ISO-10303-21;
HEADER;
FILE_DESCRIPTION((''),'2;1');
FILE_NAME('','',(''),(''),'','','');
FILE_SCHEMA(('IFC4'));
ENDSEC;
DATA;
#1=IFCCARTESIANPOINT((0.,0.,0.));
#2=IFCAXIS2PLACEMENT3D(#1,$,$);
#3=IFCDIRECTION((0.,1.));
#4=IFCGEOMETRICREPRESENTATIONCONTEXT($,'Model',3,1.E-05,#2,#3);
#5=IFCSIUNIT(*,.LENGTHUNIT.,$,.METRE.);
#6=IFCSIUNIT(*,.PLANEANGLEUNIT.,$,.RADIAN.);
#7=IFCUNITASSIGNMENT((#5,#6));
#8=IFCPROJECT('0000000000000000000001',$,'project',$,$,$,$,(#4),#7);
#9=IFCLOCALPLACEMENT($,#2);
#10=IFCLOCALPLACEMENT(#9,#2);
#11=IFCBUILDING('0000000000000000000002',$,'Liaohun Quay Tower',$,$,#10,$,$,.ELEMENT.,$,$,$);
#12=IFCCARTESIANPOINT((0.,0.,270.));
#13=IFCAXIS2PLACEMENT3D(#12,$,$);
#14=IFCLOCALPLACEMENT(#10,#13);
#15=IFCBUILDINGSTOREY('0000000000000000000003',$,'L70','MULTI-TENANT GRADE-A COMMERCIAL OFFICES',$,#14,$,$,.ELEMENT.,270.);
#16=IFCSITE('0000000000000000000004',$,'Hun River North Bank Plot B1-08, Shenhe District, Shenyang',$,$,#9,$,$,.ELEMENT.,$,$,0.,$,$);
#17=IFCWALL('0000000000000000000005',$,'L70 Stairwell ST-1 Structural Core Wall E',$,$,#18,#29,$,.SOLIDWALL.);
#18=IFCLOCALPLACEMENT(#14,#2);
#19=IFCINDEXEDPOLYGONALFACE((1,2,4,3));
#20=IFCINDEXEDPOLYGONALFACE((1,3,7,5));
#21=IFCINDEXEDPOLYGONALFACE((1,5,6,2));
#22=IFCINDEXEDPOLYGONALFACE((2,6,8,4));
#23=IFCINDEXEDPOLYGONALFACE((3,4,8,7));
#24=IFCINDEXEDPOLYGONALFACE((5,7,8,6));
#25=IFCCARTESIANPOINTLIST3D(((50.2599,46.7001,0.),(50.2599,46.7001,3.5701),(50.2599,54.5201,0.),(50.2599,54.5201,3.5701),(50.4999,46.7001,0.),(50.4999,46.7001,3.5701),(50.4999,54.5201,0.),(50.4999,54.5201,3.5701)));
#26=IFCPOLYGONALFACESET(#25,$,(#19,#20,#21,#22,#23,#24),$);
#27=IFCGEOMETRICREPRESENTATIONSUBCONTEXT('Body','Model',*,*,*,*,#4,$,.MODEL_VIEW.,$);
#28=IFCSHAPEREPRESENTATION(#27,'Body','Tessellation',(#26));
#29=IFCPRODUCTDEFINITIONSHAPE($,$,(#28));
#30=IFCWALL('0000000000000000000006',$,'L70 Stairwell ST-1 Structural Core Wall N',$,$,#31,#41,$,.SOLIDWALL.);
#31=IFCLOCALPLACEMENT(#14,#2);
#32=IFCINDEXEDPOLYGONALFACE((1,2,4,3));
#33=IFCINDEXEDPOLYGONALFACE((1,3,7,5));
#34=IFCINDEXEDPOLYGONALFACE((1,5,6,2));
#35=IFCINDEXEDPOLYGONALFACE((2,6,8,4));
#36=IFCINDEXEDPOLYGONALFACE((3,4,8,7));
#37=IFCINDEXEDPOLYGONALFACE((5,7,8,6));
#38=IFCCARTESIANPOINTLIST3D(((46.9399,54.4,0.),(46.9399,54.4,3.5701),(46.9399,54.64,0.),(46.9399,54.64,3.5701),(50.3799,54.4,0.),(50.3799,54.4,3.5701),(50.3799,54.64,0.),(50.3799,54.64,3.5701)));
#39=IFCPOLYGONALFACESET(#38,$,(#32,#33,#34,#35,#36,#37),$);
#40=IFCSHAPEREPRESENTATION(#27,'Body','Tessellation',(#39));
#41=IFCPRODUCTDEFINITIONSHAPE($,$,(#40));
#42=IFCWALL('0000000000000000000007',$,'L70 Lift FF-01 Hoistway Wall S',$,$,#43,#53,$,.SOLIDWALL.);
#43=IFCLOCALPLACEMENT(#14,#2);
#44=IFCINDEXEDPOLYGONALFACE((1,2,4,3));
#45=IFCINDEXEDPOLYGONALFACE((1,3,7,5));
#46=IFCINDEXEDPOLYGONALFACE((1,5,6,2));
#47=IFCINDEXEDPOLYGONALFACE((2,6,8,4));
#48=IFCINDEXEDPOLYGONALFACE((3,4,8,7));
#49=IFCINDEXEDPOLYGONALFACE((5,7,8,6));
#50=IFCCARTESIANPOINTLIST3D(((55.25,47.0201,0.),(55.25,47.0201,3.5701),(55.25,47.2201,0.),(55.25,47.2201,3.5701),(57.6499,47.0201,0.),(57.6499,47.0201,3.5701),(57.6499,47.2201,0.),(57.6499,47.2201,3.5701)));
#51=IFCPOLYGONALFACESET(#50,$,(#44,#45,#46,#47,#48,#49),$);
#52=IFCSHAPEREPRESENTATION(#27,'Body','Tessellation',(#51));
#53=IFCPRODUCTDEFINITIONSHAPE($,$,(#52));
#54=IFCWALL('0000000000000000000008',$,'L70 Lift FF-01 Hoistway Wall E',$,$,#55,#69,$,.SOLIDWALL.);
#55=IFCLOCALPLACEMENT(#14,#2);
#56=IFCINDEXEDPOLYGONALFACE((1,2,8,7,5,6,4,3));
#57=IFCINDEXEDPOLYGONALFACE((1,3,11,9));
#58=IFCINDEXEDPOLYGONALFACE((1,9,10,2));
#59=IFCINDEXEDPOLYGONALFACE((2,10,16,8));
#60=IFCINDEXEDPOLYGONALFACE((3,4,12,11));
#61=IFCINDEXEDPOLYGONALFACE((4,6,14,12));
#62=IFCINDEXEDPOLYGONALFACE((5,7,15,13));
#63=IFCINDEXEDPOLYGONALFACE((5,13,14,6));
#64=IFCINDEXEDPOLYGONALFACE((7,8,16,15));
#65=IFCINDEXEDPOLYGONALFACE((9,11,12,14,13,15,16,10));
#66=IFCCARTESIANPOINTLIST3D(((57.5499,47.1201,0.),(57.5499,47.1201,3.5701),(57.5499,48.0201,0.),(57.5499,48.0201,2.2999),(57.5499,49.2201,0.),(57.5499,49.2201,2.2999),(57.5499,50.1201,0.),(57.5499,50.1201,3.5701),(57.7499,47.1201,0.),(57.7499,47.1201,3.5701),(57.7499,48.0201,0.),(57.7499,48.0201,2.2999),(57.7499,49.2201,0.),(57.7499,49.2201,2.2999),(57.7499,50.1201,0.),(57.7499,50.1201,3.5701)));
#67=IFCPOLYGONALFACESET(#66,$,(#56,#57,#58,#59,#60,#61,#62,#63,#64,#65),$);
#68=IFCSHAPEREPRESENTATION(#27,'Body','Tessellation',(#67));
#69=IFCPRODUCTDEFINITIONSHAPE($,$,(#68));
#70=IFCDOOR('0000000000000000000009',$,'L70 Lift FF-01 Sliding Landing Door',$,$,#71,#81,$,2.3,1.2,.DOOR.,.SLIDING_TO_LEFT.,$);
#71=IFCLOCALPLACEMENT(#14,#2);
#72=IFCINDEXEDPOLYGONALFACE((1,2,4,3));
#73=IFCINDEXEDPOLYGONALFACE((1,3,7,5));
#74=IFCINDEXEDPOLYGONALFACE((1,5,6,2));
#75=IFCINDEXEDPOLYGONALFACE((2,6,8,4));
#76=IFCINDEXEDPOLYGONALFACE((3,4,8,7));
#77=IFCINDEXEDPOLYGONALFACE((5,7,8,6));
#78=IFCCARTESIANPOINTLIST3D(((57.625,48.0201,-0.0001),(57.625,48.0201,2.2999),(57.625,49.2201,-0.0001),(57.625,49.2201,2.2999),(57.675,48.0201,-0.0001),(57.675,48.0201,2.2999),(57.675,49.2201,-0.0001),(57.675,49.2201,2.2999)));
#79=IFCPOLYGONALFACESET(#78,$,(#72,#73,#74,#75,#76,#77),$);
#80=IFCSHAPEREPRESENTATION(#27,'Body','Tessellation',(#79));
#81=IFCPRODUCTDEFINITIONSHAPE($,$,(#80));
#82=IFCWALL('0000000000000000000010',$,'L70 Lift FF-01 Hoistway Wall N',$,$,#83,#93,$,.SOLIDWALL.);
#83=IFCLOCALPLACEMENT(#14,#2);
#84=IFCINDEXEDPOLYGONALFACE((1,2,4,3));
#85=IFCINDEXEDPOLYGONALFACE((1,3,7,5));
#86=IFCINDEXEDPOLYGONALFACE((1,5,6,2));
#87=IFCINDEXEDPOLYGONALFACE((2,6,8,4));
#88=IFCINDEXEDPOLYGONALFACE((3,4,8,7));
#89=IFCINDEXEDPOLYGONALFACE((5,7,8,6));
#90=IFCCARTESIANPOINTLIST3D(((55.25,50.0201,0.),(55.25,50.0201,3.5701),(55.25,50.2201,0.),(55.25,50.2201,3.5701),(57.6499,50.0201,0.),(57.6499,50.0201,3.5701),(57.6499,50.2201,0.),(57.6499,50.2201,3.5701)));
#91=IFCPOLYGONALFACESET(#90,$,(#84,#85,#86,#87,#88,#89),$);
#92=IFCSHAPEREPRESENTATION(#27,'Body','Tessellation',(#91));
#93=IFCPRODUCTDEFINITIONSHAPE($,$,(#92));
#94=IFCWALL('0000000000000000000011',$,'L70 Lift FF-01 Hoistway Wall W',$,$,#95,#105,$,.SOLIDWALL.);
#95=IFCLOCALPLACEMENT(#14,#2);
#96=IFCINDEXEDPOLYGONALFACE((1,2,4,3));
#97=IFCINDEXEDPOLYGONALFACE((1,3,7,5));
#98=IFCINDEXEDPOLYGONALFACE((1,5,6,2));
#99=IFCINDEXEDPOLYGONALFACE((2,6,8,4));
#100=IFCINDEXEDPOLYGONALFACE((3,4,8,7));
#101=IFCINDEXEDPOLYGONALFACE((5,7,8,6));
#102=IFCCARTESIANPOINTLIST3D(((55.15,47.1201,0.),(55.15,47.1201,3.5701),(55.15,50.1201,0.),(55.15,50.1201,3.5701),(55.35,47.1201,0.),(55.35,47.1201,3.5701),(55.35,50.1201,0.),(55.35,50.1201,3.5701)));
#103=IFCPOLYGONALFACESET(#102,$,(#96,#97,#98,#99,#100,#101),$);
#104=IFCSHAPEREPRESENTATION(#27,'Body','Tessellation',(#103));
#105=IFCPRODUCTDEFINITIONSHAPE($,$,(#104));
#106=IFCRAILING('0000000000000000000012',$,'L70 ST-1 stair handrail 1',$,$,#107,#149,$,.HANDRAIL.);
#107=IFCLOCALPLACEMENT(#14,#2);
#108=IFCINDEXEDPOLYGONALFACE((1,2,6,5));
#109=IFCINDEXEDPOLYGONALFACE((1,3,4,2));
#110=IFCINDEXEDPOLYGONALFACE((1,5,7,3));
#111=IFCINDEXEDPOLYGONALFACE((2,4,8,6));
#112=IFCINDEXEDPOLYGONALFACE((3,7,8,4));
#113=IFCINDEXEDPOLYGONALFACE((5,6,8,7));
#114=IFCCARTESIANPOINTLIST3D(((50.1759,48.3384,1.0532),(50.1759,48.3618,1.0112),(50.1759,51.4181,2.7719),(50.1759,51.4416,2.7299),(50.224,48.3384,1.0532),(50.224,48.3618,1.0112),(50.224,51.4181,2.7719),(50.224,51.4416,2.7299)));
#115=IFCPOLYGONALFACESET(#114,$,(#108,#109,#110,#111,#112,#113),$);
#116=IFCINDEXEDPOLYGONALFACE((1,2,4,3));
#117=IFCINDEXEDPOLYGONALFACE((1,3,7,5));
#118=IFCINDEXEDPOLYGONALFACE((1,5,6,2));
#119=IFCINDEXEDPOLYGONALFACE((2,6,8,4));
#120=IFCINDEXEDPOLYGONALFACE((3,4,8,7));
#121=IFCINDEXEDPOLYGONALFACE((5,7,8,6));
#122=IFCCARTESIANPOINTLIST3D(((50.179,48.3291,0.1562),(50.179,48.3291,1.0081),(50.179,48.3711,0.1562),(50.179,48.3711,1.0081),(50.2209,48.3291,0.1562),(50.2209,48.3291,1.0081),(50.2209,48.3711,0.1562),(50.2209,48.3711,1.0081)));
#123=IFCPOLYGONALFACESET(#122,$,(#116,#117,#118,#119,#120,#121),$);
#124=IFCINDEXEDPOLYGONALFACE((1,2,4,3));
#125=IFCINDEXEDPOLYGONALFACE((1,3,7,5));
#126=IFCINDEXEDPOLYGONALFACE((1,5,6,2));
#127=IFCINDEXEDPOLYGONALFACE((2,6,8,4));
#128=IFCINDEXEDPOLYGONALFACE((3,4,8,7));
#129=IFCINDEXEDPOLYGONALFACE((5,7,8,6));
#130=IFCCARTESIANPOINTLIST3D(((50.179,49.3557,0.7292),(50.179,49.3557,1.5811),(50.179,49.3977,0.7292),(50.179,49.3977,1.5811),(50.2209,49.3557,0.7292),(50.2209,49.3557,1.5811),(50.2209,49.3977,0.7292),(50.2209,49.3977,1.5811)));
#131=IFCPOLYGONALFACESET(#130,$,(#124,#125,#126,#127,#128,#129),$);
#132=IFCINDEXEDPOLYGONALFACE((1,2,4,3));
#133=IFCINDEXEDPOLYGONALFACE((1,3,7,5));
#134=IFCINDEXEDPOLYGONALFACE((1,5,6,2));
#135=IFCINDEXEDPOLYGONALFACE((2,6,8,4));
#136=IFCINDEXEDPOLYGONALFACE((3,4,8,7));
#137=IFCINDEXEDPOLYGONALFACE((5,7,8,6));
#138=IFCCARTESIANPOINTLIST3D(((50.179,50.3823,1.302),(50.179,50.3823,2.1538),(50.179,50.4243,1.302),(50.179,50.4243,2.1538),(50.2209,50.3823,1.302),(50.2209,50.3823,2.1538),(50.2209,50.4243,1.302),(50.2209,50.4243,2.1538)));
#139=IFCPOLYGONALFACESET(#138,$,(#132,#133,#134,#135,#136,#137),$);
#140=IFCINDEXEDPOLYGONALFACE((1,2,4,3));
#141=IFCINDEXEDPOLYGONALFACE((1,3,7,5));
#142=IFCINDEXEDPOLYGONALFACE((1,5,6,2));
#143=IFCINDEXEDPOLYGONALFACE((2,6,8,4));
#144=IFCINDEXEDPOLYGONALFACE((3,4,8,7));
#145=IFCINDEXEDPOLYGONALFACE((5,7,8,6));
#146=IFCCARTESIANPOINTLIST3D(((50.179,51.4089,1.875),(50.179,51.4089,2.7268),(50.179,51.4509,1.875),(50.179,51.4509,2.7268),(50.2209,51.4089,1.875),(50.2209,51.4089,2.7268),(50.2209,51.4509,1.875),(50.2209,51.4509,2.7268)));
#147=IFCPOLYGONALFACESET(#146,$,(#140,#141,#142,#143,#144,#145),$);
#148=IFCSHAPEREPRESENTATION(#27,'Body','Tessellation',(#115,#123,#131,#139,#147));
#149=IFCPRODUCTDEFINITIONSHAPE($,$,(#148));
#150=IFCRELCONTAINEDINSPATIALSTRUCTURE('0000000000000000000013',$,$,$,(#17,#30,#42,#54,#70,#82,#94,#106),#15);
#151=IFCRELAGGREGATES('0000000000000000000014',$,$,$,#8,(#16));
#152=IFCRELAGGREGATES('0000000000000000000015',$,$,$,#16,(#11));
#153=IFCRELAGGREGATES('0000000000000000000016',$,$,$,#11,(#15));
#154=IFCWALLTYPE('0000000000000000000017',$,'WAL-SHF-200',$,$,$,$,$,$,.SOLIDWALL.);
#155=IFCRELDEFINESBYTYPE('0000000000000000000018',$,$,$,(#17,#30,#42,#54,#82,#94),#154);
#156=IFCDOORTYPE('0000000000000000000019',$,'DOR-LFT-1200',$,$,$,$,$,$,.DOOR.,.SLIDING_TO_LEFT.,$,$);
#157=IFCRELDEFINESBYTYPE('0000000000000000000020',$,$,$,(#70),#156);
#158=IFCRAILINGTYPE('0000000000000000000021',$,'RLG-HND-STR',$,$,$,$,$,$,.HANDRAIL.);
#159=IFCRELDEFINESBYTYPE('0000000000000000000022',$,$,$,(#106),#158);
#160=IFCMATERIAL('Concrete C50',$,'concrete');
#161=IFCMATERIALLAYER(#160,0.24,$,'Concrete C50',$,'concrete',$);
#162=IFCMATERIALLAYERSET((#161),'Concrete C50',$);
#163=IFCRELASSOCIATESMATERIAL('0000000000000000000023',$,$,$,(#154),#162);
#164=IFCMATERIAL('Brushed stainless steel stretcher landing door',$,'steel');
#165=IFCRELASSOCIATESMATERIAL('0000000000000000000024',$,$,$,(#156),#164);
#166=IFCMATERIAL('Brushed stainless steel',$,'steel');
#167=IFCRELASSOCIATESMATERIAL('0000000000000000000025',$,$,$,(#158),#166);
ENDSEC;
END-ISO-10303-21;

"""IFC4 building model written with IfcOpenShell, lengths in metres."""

from ifc_helpers import new_model, si_unit, direction, frame, frame_2d, origin, origin_2d, place, context, subcontext, project, spatial, rectangle, extrude, source, transform, mapped, material, layer, layer_set, type_object, element, fill, save


model = new_model("IFC4")

# Units and contexts
model_context = context("Model", 3, precision=1e-05, world=origin(), true_north=direction((0.0, 1.0)))
body_context = subcontext(model_context, "Body", "Model", "MODEL_VIEW")
ifc_project = project(units=[si_unit("LENGTHUNIT", "METRE"), si_unit("PLANEANGLEUNIT", "RADIAN")], contexts=[model_context])

# Site, building, storey
site_placement = place(None, origin())
site = spatial("IfcSite", under=ifc_project, at=site_placement, Name="Hun River North Bank Plot B1-08, Shenhe District, Shenyang", CompositionType="ELEMENT", RefElevation=0.0)
building_placement = place(site_placement, origin())
building = spatial("IfcBuilding", under=site, at=building_placement, Name="Liaohun Quay Tower", CompositionType="ELEMENT")
storey_placement = place(building_placement, frame((0.0, 0.0, 270.0)))
storey = spatial("IfcBuildingStorey", under=building, at=storey_placement, Name="L70", Description="MULTI-TENANT GRADE-A COMMERCIAL OFFICES", CompositionType="ELEMENT", Elevation=270.0)

# Walls
ifc_material_1 = material(Name="Concrete C50", Category="concrete")
ifc_layer_1 = layer(ifc_material_1, 0.24, Name="Concrete C50", Category="concrete")
ifc_layer_set_1 = layer_set([ifc_layer_1], Name="Concrete C50")
wall_type_1 = type_object("IfcWallType", Name="WAL-SHF-200", PredefinedType="SOLIDWALL", material=ifc_layer_set_1)
wall_1_placement = place(storey_placement, frame((50.3799, 46.7, 0.0), z_axis=(0.0, 0.0, 1.0), x_axis=(0.0, 1.0, 0.0)))
element("IfcWall", 1, at=wall_1_placement, inside=storey, type_object=wall_type_1, Name="L70 Stairwell ST-1 Structural Core Wall E", PredefinedType="SOLIDWALL", context=body_context, shape_type="SweptSolid", body=[
    extrude(rectangle(XDim=7.8201, YDim=0.24, at=frame_2d((3.9102, 0.0))), origin(), (0.0, 0.0, 1.0), 3.5701),
])
wall_2_placement = place(storey_placement, frame((50.3799, 54.52, 0.0), z_axis=(0.0, 0.0, 1.0), x_axis=(-1.0, 0.0, 0.0)))
element("IfcWall", 2, at=wall_2_placement, inside=storey, type_object=wall_type_1, Name="L70 Stairwell ST-1 Structural Core Wall N", PredefinedType="SOLIDWALL", context=body_context, shape_type="SweptSolid", body=[
    extrude(rectangle(XDim=3.4399, YDim=0.24, at=frame_2d((1.72, 0.0))), origin(), (0.0, 0.0, 1.0), 3.5701),
])
wall_3_placement = place(storey_placement, frame((55.25, 47.1201, 0.0), z_axis=(0.0, 0.0, 1.0), x_axis=(1.0, 0.0, 0.0)))
element("IfcWall", 3, at=wall_3_placement, inside=storey, type_object=wall_type_1, Name="L70 Lift FF-01 Hoistway Wall S", PredefinedType="SOLIDWALL", context=body_context, shape_type="SweptSolid", body=[
    extrude(rectangle(XDim=2.3999, YDim=0.2, at=frame_2d((1.2, 0.0))), origin(), (0.0, 0.0, 1.0), 3.5701),
])

# Wall, opening, door
wall_4_placement = place(storey_placement, frame((57.6499, 47.1201, 0.0), z_axis=(0.0, 0.0, 1.0), x_axis=(0.0, 1.0, 0.0)))
wall_4 = element("IfcWall", 4, at=wall_4_placement, inside=storey, type_object=wall_type_1, Name="L70 Lift FF-01 Hoistway Wall E", PredefinedType="SOLIDWALL", context=body_context, shape_type="SweptSolid", body=[
    extrude(rectangle(XDim=3.0, YDim=0.2, at=frame_2d((1.5, 0.0))), origin(), (0.0, 0.0, 1.0), 3.5701),
])
shared_shape_1 = source(origin(), body_context, "Body", "SweptSolid", [
    extrude(rectangle(XDim=1.2, YDim=2.3, at=frame_2d((0.6001, 1.1499))), frame((0.0, 0.1099, 0.0), z_axis=(0.0, -1.0, 0.0), x_axis=(1.0, 0.0, 0.0)), (0.0, 0.0, 1.0), 0.22),
])
opening_1_placement = place(wall_4_placement, frame((0.8999, 0.0, 0.0)))
opening_1 = element("IfcOpeningElement", 5, at=opening_1_placement, cuts=wall_4, PredefinedType="OPENING", context=body_context, shape_type="MappedRepresentation", body=[
    mapped(shared_shape_1, transform((0.0, 0.0, 0.0), x_axis=(1.0, 0.0, 0.0), y_axis=(0.0, 1.0, 0.0), z_axis=(0.0, 0.0, 1.0), scale=1.0)),
])
ifc_material_2 = material(Name="Brushed stainless steel stretcher landing door", Category="steel")
door_type_1 = type_object("IfcDoorType", Name="DOR-LFT-1200", OperationType="SLIDING_TO_LEFT", PredefinedType="DOOR", material=ifc_material_2)
shared_shape_2 = source(origin(), body_context, "Body", "SweptSolid", [
    extrude(rectangle(XDim=1.2, YDim=2.3, at=frame_2d((0.6001, 1.1499))), frame((0.0, 0.0249, 0.0), z_axis=(0.0, -1.0, 0.0), x_axis=(1.0, 0.0, 0.0)), (0.0, 0.0, 1.0), 0.05),
])
door_1_placement = place(opening_1_placement, origin())
door_1 = element("IfcDoor", 6, at=door_1_placement, inside=storey, type_object=door_type_1, Name="L70 Lift FF-01 Sliding Landing Door", OperationType="SLIDING_TO_LEFT", OverallHeight=2.3, OverallWidth=1.2, PredefinedType="DOOR", context=body_context, shape_type="MappedRepresentation", body=[
    mapped(shared_shape_2, transform((0.0, 0.0, 0.0), x_axis=(1.0, 0.0, 0.0), y_axis=(0.0, 1.0, 0.0), z_axis=(0.0, 0.0, 1.0), scale=1.0)),
])
fill(opening_1, door_1)

# Walls
wall_5_placement = place(storey_placement, frame((57.6499, 50.1201, 0.0), z_axis=(0.0, 0.0, 1.0), x_axis=(-1.0, 0.0, 0.0)))
element("IfcWall", 7, at=wall_5_placement, inside=storey, type_object=wall_type_1, Name="L70 Lift FF-01 Hoistway Wall N", PredefinedType="SOLIDWALL", context=body_context, shape_type="SweptSolid", body=[
    extrude(rectangle(XDim=2.3999, YDim=0.2, at=frame_2d((1.2, 0.0))), origin(), (0.0, 0.0, 1.0), 3.5701),
])
wall_6_placement = place(storey_placement, frame((55.25, 50.1201, 0.0), z_axis=(0.0, 0.0, 1.0), x_axis=(0.0, -1.0, 0.0)))
element("IfcWall", 8, at=wall_6_placement, inside=storey, type_object=wall_type_1, Name="L70 Lift FF-01 Hoistway Wall W", PredefinedType="SOLIDWALL", context=body_context, shape_type="SweptSolid", body=[
    extrude(rectangle(XDim=3.0, YDim=0.2, at=frame_2d((1.5, 0.0))), origin(), (0.0, 0.0, 1.0), 3.5701),
])

# Railing
ifc_material_3 = material(Name="Brushed stainless steel", Category="steel")
railing_type = type_object("IfcRailingType", Name="RLG-HND-STR", PredefinedType="HANDRAIL", material=ifc_material_3)
railing_placement = place(storey_placement, frame((50.2, 48.3501, 0.1562)))
element("IfcRailing", 9, at=railing_placement, inside=storey, type_object=railing_type, Name="L70 ST-1 stair handrail 1", PredefinedType="HANDRAIL", context=body_context, shape_type="SweptSolid", body=[
    extrude(rectangle(XDim=0.0481, YDim=0.0481, at=origin_2d()), frame((0.0, 0.0, 0.876), z_axis=(0.0, 0.873225, 0.487317), x_axis=(-1.0, 0.0, 0.0)), (0.0, 0.0, 1.0), 3.5269),
    extrude(rectangle(XDim=0.042, YDim=0.042, at=origin_2d()), origin(), (0.0, 0.0, 1.0), 0.8518),
    extrude(rectangle(XDim=0.042, YDim=0.042, at=origin_2d()), frame((0.0, 1.0266, 0.573)), (0.0, 0.0, 1.0), 0.8518),
    extrude(rectangle(XDim=0.042, YDim=0.042, at=origin_2d()), frame((0.0, 2.0532, 1.1458)), (0.0, 0.0, 1.0), 0.8518),
    extrude(rectangle(XDim=0.042, YDim=0.042, at=origin_2d()), frame((0.0, 3.0798, 1.7188)), (0.0, 0.0, 1.0), 0.8518),
])

save(model, "model.ifc")
